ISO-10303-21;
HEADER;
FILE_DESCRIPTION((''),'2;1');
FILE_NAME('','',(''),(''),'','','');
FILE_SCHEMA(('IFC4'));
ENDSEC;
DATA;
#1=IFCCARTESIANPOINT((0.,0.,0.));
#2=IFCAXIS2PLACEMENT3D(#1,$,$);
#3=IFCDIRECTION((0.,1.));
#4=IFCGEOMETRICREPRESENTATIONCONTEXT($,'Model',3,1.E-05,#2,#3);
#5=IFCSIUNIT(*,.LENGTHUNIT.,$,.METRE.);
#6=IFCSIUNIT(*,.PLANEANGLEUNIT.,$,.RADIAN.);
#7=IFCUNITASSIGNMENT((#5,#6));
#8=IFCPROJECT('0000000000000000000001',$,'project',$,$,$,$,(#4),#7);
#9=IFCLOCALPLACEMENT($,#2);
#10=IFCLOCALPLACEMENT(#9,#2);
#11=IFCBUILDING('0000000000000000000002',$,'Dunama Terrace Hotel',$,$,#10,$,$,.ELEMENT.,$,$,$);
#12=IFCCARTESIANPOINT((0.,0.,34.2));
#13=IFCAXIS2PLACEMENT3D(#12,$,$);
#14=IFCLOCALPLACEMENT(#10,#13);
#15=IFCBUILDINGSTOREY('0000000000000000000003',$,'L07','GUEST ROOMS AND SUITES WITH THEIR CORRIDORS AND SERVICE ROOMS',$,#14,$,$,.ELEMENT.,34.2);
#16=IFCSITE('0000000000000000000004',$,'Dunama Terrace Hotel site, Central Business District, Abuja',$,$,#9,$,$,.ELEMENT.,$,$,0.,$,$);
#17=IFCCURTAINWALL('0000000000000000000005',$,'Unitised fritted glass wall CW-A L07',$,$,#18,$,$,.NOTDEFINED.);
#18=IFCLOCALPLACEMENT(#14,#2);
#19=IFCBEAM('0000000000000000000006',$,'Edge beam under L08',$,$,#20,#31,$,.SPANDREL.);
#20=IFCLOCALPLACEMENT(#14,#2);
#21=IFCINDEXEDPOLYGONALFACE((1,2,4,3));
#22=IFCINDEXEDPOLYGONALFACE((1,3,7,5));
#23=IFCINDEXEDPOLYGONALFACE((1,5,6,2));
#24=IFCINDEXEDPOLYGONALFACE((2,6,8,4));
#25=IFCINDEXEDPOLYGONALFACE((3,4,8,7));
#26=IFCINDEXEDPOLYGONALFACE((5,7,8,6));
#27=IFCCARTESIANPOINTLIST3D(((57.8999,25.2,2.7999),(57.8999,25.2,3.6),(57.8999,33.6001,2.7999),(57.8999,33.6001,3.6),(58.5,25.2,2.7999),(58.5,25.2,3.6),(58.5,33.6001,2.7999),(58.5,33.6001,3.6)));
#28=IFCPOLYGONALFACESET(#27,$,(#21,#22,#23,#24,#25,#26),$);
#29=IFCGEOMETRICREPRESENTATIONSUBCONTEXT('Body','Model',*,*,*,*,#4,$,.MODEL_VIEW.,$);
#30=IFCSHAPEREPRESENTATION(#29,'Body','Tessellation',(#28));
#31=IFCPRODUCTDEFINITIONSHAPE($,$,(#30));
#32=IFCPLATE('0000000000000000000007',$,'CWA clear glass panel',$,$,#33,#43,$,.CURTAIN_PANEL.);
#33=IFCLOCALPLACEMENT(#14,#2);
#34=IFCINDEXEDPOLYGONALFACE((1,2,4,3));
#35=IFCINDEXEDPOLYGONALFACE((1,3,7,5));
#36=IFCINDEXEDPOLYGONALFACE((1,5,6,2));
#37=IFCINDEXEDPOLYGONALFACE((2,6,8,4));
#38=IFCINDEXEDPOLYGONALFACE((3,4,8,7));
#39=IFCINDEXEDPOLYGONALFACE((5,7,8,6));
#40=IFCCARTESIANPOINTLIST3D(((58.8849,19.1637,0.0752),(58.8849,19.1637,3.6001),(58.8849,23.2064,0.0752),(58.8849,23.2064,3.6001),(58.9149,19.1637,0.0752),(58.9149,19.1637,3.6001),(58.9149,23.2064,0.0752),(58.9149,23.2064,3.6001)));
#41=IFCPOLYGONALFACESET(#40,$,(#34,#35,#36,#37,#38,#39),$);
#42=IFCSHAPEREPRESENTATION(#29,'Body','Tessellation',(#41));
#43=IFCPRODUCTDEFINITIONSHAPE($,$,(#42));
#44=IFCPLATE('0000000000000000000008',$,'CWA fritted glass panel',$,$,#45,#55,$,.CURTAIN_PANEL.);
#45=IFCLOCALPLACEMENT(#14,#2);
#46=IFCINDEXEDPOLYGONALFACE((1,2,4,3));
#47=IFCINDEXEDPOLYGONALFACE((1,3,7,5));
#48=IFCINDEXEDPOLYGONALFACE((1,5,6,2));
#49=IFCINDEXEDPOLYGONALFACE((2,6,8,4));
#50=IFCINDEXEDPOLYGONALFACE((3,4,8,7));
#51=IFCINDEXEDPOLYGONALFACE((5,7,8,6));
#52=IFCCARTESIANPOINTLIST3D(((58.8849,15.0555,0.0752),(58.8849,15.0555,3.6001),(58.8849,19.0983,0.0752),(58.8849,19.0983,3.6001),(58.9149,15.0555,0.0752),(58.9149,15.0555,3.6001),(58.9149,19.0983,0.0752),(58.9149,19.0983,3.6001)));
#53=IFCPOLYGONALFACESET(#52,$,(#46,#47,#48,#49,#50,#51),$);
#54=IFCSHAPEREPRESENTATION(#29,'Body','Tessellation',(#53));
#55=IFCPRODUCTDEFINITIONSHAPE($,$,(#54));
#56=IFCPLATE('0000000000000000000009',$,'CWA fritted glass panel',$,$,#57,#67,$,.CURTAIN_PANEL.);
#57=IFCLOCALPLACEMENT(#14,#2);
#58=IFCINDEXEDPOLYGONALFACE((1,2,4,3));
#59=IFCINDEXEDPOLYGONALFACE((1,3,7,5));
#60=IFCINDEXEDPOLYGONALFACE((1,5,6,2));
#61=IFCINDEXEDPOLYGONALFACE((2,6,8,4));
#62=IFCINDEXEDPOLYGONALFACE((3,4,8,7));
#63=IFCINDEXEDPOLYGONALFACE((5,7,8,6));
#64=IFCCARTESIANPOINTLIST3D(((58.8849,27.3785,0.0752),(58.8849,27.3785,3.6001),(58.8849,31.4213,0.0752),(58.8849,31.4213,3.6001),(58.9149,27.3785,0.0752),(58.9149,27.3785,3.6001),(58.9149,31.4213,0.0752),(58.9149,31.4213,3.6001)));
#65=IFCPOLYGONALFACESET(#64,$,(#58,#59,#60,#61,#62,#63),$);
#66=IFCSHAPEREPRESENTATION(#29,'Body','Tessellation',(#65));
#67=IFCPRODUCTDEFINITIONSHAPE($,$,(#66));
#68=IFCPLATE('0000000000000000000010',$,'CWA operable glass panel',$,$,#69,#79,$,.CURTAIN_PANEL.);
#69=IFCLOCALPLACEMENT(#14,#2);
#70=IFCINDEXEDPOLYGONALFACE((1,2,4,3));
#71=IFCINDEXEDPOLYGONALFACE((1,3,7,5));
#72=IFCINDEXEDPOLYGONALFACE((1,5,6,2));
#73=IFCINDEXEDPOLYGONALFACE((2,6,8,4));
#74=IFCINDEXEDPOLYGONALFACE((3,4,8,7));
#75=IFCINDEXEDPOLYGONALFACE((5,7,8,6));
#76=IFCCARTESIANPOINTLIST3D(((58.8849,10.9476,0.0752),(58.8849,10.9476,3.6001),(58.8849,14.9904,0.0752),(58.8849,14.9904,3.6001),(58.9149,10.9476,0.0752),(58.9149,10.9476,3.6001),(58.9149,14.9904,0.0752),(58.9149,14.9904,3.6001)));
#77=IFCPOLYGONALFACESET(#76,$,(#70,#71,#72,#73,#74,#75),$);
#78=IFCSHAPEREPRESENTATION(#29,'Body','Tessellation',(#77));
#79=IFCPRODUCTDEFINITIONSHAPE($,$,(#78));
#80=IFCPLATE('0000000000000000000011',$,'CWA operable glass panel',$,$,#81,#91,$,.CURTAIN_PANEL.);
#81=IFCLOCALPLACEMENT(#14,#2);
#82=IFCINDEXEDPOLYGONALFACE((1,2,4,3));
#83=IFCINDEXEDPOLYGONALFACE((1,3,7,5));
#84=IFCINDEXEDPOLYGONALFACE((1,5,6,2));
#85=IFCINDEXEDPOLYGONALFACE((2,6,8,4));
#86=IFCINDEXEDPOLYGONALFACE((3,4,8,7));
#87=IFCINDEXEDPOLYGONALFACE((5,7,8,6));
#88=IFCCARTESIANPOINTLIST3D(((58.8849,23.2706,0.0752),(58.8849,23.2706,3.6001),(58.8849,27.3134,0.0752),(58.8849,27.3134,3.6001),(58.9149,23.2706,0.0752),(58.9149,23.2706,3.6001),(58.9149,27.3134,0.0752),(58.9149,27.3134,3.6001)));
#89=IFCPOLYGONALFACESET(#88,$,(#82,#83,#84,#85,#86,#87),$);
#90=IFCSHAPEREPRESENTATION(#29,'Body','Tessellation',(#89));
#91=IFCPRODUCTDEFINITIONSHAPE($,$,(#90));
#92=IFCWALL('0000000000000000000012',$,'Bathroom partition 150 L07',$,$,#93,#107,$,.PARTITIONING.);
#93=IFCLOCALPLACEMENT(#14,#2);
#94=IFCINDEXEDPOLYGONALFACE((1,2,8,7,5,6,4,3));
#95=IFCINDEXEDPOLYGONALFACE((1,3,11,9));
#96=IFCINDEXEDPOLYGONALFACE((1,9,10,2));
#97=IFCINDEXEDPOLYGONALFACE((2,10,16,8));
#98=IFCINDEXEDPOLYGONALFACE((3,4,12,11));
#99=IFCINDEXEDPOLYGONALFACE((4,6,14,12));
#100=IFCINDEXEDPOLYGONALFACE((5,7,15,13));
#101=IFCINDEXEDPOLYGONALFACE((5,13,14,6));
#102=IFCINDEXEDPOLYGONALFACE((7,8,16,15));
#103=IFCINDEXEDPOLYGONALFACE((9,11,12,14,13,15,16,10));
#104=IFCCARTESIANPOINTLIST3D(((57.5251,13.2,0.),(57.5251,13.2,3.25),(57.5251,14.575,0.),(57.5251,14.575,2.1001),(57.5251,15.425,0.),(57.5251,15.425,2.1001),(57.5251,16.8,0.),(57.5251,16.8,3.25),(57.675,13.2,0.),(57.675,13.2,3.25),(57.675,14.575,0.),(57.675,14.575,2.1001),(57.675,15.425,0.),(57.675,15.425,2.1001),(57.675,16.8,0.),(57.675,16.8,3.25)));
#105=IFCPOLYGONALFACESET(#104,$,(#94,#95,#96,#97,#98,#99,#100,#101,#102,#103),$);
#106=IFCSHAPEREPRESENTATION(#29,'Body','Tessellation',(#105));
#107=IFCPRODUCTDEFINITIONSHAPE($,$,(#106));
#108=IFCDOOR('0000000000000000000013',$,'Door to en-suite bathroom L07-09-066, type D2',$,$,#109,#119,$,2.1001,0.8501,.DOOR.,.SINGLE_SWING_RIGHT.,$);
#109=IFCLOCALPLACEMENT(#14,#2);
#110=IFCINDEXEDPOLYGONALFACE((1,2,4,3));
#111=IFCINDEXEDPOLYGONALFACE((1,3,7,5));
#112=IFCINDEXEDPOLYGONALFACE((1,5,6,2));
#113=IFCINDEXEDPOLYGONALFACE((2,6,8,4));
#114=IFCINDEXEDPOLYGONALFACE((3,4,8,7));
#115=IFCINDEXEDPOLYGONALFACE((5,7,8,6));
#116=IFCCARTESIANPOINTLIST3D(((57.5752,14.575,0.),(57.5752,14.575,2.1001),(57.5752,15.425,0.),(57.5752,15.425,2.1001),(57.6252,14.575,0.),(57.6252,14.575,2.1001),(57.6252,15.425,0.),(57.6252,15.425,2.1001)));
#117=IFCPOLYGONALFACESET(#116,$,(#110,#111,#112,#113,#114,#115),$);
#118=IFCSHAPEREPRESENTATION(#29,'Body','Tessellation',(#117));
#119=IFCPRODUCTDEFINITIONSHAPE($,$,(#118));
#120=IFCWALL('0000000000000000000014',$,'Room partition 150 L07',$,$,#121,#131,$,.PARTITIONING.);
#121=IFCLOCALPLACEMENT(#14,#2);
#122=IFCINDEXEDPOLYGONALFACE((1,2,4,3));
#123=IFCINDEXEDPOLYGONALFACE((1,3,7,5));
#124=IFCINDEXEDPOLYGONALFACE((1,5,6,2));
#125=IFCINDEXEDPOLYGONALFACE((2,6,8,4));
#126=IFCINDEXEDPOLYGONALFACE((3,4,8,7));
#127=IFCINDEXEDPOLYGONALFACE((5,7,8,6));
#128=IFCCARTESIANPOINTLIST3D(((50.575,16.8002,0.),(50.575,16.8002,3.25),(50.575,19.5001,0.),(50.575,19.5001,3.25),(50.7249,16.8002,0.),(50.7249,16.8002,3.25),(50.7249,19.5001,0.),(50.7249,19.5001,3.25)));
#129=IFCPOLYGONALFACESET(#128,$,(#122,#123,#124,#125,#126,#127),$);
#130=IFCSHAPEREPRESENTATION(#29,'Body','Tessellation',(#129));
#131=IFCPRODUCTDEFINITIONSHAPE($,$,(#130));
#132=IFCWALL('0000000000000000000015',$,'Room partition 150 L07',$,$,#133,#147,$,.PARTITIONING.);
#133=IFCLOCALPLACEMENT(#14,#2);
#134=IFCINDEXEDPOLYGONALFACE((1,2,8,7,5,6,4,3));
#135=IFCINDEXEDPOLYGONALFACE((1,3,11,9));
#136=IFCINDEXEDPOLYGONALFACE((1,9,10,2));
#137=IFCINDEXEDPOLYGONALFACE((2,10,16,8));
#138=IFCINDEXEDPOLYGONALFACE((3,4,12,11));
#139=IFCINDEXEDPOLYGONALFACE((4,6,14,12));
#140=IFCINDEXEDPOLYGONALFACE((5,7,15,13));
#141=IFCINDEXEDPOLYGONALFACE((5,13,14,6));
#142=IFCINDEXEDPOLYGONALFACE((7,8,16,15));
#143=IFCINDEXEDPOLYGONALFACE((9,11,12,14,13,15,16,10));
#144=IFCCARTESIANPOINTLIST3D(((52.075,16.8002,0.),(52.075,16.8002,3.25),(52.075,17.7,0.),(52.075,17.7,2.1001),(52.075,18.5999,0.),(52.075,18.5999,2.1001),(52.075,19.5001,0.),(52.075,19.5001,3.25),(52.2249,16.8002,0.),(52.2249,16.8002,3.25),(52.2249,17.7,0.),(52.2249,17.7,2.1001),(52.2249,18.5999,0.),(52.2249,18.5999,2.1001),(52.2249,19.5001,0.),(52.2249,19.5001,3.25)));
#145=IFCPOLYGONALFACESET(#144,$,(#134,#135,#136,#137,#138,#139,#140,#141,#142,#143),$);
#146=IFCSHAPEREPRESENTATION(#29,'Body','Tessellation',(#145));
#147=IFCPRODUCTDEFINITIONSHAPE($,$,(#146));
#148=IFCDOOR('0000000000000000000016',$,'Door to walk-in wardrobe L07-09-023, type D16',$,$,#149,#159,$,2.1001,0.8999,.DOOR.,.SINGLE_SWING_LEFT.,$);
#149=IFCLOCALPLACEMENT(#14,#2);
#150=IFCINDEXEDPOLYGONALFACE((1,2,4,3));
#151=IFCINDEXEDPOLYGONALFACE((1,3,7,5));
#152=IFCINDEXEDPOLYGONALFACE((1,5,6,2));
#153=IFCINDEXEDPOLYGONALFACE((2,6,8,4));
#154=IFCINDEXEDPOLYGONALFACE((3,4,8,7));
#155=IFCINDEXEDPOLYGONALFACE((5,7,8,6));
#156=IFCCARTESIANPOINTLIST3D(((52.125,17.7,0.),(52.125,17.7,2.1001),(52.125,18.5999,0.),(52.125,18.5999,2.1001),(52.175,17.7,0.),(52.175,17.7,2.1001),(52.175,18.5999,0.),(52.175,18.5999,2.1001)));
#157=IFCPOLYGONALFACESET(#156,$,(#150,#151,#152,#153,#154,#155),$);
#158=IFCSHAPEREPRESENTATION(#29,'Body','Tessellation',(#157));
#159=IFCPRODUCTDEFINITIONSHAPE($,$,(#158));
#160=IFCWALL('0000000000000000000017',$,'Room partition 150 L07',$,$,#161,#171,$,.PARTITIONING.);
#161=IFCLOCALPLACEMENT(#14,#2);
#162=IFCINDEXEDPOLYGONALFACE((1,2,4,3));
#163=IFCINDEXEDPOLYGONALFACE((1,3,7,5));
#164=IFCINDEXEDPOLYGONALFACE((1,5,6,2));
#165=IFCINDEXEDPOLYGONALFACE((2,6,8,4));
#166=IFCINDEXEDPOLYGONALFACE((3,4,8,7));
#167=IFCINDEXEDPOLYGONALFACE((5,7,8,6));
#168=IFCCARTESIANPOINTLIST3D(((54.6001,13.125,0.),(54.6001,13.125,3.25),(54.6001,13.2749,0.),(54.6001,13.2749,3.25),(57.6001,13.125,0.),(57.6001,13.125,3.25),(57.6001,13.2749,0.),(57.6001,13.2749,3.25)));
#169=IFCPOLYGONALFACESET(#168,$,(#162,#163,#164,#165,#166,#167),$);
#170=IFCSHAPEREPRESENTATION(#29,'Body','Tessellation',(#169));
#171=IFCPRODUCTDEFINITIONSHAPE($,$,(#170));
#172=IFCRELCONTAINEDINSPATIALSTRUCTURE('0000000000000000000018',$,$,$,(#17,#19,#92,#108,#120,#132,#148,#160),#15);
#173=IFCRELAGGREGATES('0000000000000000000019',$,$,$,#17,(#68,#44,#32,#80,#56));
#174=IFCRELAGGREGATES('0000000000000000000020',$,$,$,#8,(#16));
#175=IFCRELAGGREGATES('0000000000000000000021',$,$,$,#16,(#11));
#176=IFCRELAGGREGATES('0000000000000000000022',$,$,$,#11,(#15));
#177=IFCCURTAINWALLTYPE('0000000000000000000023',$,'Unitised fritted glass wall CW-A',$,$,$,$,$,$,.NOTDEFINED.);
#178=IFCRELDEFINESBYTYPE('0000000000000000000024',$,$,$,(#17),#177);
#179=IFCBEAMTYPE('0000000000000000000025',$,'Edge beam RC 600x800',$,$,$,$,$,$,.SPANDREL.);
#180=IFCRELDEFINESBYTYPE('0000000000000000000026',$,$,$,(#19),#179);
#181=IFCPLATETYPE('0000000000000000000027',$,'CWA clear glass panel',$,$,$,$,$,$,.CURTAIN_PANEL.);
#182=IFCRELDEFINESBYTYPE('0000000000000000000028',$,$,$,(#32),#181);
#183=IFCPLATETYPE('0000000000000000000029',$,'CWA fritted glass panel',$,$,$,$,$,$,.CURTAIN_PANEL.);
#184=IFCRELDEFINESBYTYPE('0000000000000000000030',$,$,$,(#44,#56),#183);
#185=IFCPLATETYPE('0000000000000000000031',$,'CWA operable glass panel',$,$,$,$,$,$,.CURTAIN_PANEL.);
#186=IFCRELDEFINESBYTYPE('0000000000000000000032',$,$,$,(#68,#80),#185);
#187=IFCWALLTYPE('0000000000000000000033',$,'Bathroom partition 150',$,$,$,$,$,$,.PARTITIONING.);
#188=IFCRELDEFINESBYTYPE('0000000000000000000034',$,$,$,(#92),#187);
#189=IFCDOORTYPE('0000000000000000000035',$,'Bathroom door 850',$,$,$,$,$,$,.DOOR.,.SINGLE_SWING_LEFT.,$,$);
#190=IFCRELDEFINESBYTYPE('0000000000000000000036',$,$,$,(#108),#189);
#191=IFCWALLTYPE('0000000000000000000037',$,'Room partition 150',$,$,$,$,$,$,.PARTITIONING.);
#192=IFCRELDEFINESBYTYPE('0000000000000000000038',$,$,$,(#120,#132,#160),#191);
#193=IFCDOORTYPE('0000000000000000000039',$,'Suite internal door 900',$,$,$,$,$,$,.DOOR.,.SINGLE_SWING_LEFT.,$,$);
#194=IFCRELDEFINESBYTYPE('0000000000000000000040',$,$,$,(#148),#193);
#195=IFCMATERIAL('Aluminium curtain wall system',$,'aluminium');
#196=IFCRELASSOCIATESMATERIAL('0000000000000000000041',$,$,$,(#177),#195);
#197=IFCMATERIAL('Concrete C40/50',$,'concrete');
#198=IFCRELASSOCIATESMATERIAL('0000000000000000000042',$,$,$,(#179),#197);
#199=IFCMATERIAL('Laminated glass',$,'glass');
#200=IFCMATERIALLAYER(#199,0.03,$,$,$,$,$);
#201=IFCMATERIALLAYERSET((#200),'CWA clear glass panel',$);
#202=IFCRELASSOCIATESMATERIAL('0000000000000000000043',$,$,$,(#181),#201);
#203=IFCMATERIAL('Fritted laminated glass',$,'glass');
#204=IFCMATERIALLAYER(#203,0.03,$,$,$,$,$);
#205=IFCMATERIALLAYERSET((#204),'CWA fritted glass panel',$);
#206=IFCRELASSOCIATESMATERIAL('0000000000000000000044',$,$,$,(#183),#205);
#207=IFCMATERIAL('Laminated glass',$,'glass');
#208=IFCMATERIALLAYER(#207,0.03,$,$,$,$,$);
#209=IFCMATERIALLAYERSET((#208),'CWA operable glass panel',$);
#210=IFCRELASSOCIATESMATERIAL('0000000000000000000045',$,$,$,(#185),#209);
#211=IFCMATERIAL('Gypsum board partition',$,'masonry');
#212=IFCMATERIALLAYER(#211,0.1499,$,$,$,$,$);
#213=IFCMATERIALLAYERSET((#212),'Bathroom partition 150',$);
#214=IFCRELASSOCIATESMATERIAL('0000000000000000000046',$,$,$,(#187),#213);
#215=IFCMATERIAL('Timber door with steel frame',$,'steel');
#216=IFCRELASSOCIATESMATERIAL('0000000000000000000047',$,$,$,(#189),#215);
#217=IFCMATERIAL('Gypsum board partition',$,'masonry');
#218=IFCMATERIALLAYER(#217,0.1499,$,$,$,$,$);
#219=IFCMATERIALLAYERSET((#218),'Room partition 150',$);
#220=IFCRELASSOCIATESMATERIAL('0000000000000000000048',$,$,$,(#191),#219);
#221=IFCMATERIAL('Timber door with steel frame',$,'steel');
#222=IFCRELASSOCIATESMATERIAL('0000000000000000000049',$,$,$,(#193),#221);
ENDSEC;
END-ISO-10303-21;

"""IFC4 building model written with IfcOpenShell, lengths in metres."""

from ifc_helpers import new_model, si_unit, direction, frame, frame_2d, origin, origin_2d, place, context, subcontext, project, spatial, rectangle, extrude, material, layer, layer_set, material_profile, profile_set, type_object, element, fill, aggregate, save


model = new_model("IFC4")

# Units and contexts
model_context = context("Model", 3, precision=1e-05, world=origin(), true_north=direction((0.0, 1.0)))
body_context = subcontext(model_context, "Body", "Model", "MODEL_VIEW")
ifc_project = project(units=[si_unit("LENGTHUNIT", "METRE"), si_unit("PLANEANGLEUNIT", "RADIAN")], contexts=[model_context])

# Site, building, storey
site_placement = place(None, origin())
site = spatial("IfcSite", under=ifc_project, at=site_placement, Name="Dunama Terrace Hotel site, Central Business District, Abuja", CompositionType="ELEMENT", RefElevation=0.0)
building_placement = place(site_placement, origin())
building = spatial("IfcBuilding", under=site, at=building_placement, Name="Dunama Terrace Hotel", CompositionType="ELEMENT")
storey_placement = place(building_placement, frame((0.0, 0.0, 34.2)))
storey = spatial("IfcBuildingStorey", under=building, at=storey_placement, Name="L07", Description="GUEST ROOMS AND SUITES WITH THEIR CORRIDORS AND SERVICE ROOMS", CompositionType="ELEMENT", Elevation=34.2)

# Curtain wall
ifc_material_1 = material(Name="Aluminium curtain wall system", Category="aluminium")
curtain_wall_type = type_object("IfcCurtainWallType", Name="Unitised fritted glass wall CW-A", PredefinedType="NOTDEFINED", material=ifc_material_1)
curtain_wall_placement = place(storey_placement, origin())
curtain_wall = element("IfcCurtainWall", 1, at=curtain_wall_placement, inside=storey, type_object=curtain_wall_type, Name="Unitised fritted glass wall CW-A L07", PredefinedType="NOTDEFINED")

# Beam
ifc_material_2 = material(Name="Concrete C40/50", Category="concrete")
ifc_material_profile_1 = material_profile(ifc_material_2, rectangle(XDim=0.6001, YDim=0.8, at=origin_2d()), Name="RC 600x800")
ifc_profile_set_1 = profile_set([ifc_material_profile_1], Name="Concrete C40/50")
beam_type = type_object("IfcBeamType", Name="Edge beam RC 600x800", PredefinedType="SPANDREL", material=ifc_profile_set_1)
beam_1_placement = place(storey_placement, frame((58.2, 25.2, 3.2), z_axis=(0.0, 1.0, 0.0), x_axis=(-1.0, 0.0, 0.0)))
element("IfcBeam", 2, at=beam_1_placement, inside=storey, type_object=beam_type, Name="Edge beam under L08", PredefinedType="SPANDREL", context=body_context, shape_type="SweptSolid", body=[
    extrude(rectangle(XDim=0.6001, YDim=0.8, at=origin_2d()), origin(), (0.0, 0.0, 1.0), 8.4001),
])

# Plates
ifc_material_3 = material(Name="Laminated glass", Category="glass")
ifc_layer_1 = layer(ifc_material_3, 0.03)
ifc_layer_set_1 = layer_set([ifc_layer_1], Name="CWA clear glass panel")
plate_type_1 = type_object("IfcPlateType", Name="CWA clear glass panel", PredefinedType="CURTAIN_PANEL", material=ifc_layer_set_1)
plate_1_placement = place(storey_placement, frame((58.8999, 21.1851, 0.0752), z_axis=(0.0, 0.0, 1.0), x_axis=(0.0, 1.0, 0.0)))
plate_1 = element("IfcPlate", 3, at=plate_1_placement, type_object=plate_type_1, Name="CWA clear glass panel", PredefinedType="CURTAIN_PANEL", context=body_context, shape_type="SweptSolid", body=[
    extrude(rectangle(XDim=4.0427, YDim=0.03, at=origin_2d()), origin(), (0.0, 0.0, 1.0), 3.5249),
])
ifc_material_4 = material(Name="Fritted laminated glass", Category="glass")
ifc_layer_2 = layer(ifc_material_4, 0.03)
ifc_layer_set_2 = layer_set([ifc_layer_2], Name="CWA fritted glass panel")
plate_type_2 = type_object("IfcPlateType", Name="CWA fritted glass panel", PredefinedType="CURTAIN_PANEL", material=ifc_layer_set_2)
plate_2_placement = place(storey_placement, frame((58.8999, 17.0769, 0.0752), z_axis=(0.0, 0.0, 1.0), x_axis=(0.0, 1.0, 0.0)))
plate_2 = element("IfcPlate", 4, at=plate_2_placement, type_object=plate_type_2, Name="CWA fritted glass panel", PredefinedType="CURTAIN_PANEL", context=body_context, shape_type="SweptSolid", body=[
    extrude(rectangle(XDim=4.0427, YDim=0.03, at=origin_2d()), origin(), (0.0, 0.0, 1.0), 3.5249),
])
plate_3_placement = place(storey_placement, frame((58.8999, 29.3999, 0.0752), z_axis=(0.0, 0.0, 1.0), x_axis=(0.0, 1.0, 0.0)))
plate_3 = element("IfcPlate", 5, at=plate_3_placement, type_object=plate_type_2, Name="CWA fritted glass panel", PredefinedType="CURTAIN_PANEL", context=body_context, shape_type="SweptSolid", body=[
    extrude(rectangle(XDim=4.0427, YDim=0.03, at=origin_2d()), origin(), (0.0, 0.0, 1.0), 3.5249),
])
ifc_material_5 = material(Name="Laminated glass", Category="glass")
ifc_layer_3 = layer(ifc_material_5, 0.03)
ifc_layer_set_3 = layer_set([ifc_layer_3], Name="CWA operable glass panel")
plate_type_3 = type_object("IfcPlateType", Name="CWA operable glass panel", PredefinedType="CURTAIN_PANEL", material=ifc_layer_set_3)
plate_4_placement = place(storey_placement, frame((58.8999, 12.969, 0.0752), z_axis=(0.0, 0.0, 1.0), x_axis=(0.0, 1.0, 0.0)))
plate_4 = element("IfcPlate", 6, at=plate_4_placement, type_object=plate_type_3, Name="CWA operable glass panel", PredefinedType="CURTAIN_PANEL", context=body_context, shape_type="SweptSolid", body=[
    extrude(rectangle(XDim=4.0427, YDim=0.03, at=origin_2d()), origin(), (0.0, 0.0, 1.0), 3.5249),
])
plate_5_placement = place(storey_placement, frame((58.8999, 25.292, 0.0752), z_axis=(0.0, 0.0, 1.0), x_axis=(0.0, 1.0, 0.0)))
plate_5 = element("IfcPlate", 7, at=plate_5_placement, type_object=plate_type_3, Name="CWA operable glass panel", PredefinedType="CURTAIN_PANEL", context=body_context, shape_type="SweptSolid", body=[
    extrude(rectangle(XDim=4.0427, YDim=0.03, at=origin_2d()), origin(), (0.0, 0.0, 1.0), 3.5249),
])
aggregate(curtain_wall, [plate_4, plate_2, plate_1, plate_5, plate_3])

# Wall, opening, door
ifc_material_6 = material(Name="Gypsum board partition", Category="masonry")
ifc_layer_4 = layer(ifc_material_6, 0.1499)
ifc_layer_set_4 = layer_set([ifc_layer_4], Name="Bathroom partition 150")
wall_type_1 = type_object("IfcWallType", Name="Bathroom partition 150", PredefinedType="PARTITIONING", material=ifc_layer_set_4)
wall_1_placement = place(storey_placement, frame((57.6001, 13.2, 0.0), z_axis=(0.0, 0.0, 1.0), x_axis=(0.0, 1.0, 0.0)))
wall_1 = element("IfcWall", 8, at=wall_1_placement, inside=storey, type_object=wall_type_1, Name="Bathroom partition 150 L07", PredefinedType="PARTITIONING", context=body_context, shape_type="SweptSolid", body=[
    extrude(rectangle(XDim=3.6001, YDim=0.1499, at=frame_2d((1.8, 0.0))), origin(), (0.0, 0.0, 1.0), 3.25),
])
opening_1_placement = place(wall_1_placement, frame((1.375, 0.0, 0.0)))
opening_1 = element("IfcOpeningElement", 9, at=opening_1_placement, cuts=wall_1, PredefinedType="OPENING", context=body_context, shape_type="SweptSolid", body=[
    extrude(rectangle(XDim=0.8501, YDim=2.1001, at=frame_2d((0.425, 1.05))), frame((0.0, 0.085, 0.0), z_axis=(0.0, -1.0, 0.0), x_axis=(1.0, 0.0, 0.0)), (0.0, 0.0, 1.0), 0.1699),
])
ifc_material_7 = material(Name="Timber door with steel frame", Category="steel")
door_type_1 = type_object("IfcDoorType", Name="Bathroom door 850", OperationType="SINGLE_SWING_LEFT", PredefinedType="DOOR", material=ifc_material_7)
door_1_placement = place(opening_1_placement, origin())
door_1 = element("IfcDoor", 10, at=door_1_placement, inside=storey, type_object=door_type_1, Name="Door to en-suite bathroom L07-09-066, type D2", OperationType="SINGLE_SWING_RIGHT", OverallHeight=2.1001, OverallWidth=0.8501, PredefinedType="DOOR", context=body_context, shape_type="SweptSolid", body=[
    extrude(rectangle(XDim=0.8501, YDim=2.1001, at=frame_2d((0.425, 1.05))), frame((0.0, 0.0249, 0.0), z_axis=(0.0, -1.0, 0.0), x_axis=(1.0, 0.0, 0.0)), (0.0, 0.0, 1.0), 0.05),
])
fill(opening_1, door_1)

# Wall
ifc_material_8 = material(Name="Gypsum board partition", Category="masonry")
ifc_layer_5 = layer(ifc_material_8, 0.1499)
ifc_layer_set_5 = layer_set([ifc_layer_5], Name="Room partition 150")
wall_type_2 = type_object("IfcWallType", Name="Room partition 150", PredefinedType="PARTITIONING", material=ifc_layer_set_5)
wall_2_placement = place(storey_placement, frame((50.6499, 16.8, 0.0), z_axis=(0.0, 0.0, 1.0), x_axis=(0.0, 1.0, 0.0)))
element("IfcWall", 11, at=wall_2_placement, inside=storey, type_object=wall_type_2, Name="Room partition 150 L07", PredefinedType="PARTITIONING", context=body_context, shape_type="SweptSolid", body=[
    extrude(rectangle(XDim=2.7, YDim=0.1499, at=frame_2d((1.3501, 0.0))), origin(), (0.0, 0.0, 1.0), 3.25),
])

# Wall, opening, door
wall_3_placement = place(storey_placement, frame((52.1499, 16.8, 0.0), z_axis=(0.0, 0.0, 1.0), x_axis=(0.0, 1.0, 0.0)))
wall_3 = element("IfcWall", 12, at=wall_3_placement, inside=storey, type_object=wall_type_2, Name="Room partition 150 L07", PredefinedType="PARTITIONING", context=body_context, shape_type="SweptSolid", body=[
    extrude(rectangle(XDim=2.7, YDim=0.1499, at=frame_2d((1.3501, 0.0))), origin(), (0.0, 0.0, 1.0), 3.25),
])
opening_2_placement = place(wall_3_placement, frame((0.8999, 0.0, 0.0)))
opening_2 = element("IfcOpeningElement", 13, at=opening_2_placement, cuts=wall_3, PredefinedType="OPENING", context=body_context, shape_type="SweptSolid", body=[
    extrude(rectangle(XDim=0.8999, YDim=2.1001, at=frame_2d((0.45, 1.05))), frame((0.0, 0.085, 0.0), z_axis=(0.0, -1.0, 0.0), x_axis=(1.0, 0.0, 0.0)), (0.0, 0.0, 1.0), 0.1699),
])
ifc_material_9 = material(Name="Timber door with steel frame", Category="steel")
door_type_2 = type_object("IfcDoorType", Name="Suite internal door 900", OperationType="SINGLE_SWING_LEFT", PredefinedType="DOOR", material=ifc_material_9)
door_2_placement = place(opening_2_placement, origin())
door_2 = element("IfcDoor", 14, at=door_2_placement, inside=storey, type_object=door_type_2, Name="Door to walk-in wardrobe L07-09-023, type D16", OperationType="SINGLE_SWING_LEFT", OverallHeight=2.1001, OverallWidth=0.8999, PredefinedType="DOOR", context=body_context, shape_type="SweptSolid", body=[
    extrude(rectangle(XDim=0.8999, YDim=2.1001, at=frame_2d((0.45, 1.05))), frame((0.0, 0.0249, 0.0), z_axis=(0.0, -1.0, 0.0), x_axis=(1.0, 0.0, 0.0)), (0.0, 0.0, 1.0), 0.05),
])
fill(opening_2, door_2)

# Wall
wall_4_placement = place(storey_placement, frame((54.6001, 13.2, 0.0), z_axis=(0.0, 0.0, 1.0), x_axis=(1.0, 0.0, 0.0)))
element("IfcWall", 15, at=wall_4_placement, inside=storey, type_object=wall_type_2, Name="Room partition 150 L07", PredefinedType="PARTITIONING", context=body_context, shape_type="SweptSolid", body=[
    extrude(rectangle(XDim=3.0, YDim=0.1499, at=frame_2d((1.5, 0.0))), origin(), (0.0, 0.0, 1.0), 3.25),
])

save(model, "model.ifc")
